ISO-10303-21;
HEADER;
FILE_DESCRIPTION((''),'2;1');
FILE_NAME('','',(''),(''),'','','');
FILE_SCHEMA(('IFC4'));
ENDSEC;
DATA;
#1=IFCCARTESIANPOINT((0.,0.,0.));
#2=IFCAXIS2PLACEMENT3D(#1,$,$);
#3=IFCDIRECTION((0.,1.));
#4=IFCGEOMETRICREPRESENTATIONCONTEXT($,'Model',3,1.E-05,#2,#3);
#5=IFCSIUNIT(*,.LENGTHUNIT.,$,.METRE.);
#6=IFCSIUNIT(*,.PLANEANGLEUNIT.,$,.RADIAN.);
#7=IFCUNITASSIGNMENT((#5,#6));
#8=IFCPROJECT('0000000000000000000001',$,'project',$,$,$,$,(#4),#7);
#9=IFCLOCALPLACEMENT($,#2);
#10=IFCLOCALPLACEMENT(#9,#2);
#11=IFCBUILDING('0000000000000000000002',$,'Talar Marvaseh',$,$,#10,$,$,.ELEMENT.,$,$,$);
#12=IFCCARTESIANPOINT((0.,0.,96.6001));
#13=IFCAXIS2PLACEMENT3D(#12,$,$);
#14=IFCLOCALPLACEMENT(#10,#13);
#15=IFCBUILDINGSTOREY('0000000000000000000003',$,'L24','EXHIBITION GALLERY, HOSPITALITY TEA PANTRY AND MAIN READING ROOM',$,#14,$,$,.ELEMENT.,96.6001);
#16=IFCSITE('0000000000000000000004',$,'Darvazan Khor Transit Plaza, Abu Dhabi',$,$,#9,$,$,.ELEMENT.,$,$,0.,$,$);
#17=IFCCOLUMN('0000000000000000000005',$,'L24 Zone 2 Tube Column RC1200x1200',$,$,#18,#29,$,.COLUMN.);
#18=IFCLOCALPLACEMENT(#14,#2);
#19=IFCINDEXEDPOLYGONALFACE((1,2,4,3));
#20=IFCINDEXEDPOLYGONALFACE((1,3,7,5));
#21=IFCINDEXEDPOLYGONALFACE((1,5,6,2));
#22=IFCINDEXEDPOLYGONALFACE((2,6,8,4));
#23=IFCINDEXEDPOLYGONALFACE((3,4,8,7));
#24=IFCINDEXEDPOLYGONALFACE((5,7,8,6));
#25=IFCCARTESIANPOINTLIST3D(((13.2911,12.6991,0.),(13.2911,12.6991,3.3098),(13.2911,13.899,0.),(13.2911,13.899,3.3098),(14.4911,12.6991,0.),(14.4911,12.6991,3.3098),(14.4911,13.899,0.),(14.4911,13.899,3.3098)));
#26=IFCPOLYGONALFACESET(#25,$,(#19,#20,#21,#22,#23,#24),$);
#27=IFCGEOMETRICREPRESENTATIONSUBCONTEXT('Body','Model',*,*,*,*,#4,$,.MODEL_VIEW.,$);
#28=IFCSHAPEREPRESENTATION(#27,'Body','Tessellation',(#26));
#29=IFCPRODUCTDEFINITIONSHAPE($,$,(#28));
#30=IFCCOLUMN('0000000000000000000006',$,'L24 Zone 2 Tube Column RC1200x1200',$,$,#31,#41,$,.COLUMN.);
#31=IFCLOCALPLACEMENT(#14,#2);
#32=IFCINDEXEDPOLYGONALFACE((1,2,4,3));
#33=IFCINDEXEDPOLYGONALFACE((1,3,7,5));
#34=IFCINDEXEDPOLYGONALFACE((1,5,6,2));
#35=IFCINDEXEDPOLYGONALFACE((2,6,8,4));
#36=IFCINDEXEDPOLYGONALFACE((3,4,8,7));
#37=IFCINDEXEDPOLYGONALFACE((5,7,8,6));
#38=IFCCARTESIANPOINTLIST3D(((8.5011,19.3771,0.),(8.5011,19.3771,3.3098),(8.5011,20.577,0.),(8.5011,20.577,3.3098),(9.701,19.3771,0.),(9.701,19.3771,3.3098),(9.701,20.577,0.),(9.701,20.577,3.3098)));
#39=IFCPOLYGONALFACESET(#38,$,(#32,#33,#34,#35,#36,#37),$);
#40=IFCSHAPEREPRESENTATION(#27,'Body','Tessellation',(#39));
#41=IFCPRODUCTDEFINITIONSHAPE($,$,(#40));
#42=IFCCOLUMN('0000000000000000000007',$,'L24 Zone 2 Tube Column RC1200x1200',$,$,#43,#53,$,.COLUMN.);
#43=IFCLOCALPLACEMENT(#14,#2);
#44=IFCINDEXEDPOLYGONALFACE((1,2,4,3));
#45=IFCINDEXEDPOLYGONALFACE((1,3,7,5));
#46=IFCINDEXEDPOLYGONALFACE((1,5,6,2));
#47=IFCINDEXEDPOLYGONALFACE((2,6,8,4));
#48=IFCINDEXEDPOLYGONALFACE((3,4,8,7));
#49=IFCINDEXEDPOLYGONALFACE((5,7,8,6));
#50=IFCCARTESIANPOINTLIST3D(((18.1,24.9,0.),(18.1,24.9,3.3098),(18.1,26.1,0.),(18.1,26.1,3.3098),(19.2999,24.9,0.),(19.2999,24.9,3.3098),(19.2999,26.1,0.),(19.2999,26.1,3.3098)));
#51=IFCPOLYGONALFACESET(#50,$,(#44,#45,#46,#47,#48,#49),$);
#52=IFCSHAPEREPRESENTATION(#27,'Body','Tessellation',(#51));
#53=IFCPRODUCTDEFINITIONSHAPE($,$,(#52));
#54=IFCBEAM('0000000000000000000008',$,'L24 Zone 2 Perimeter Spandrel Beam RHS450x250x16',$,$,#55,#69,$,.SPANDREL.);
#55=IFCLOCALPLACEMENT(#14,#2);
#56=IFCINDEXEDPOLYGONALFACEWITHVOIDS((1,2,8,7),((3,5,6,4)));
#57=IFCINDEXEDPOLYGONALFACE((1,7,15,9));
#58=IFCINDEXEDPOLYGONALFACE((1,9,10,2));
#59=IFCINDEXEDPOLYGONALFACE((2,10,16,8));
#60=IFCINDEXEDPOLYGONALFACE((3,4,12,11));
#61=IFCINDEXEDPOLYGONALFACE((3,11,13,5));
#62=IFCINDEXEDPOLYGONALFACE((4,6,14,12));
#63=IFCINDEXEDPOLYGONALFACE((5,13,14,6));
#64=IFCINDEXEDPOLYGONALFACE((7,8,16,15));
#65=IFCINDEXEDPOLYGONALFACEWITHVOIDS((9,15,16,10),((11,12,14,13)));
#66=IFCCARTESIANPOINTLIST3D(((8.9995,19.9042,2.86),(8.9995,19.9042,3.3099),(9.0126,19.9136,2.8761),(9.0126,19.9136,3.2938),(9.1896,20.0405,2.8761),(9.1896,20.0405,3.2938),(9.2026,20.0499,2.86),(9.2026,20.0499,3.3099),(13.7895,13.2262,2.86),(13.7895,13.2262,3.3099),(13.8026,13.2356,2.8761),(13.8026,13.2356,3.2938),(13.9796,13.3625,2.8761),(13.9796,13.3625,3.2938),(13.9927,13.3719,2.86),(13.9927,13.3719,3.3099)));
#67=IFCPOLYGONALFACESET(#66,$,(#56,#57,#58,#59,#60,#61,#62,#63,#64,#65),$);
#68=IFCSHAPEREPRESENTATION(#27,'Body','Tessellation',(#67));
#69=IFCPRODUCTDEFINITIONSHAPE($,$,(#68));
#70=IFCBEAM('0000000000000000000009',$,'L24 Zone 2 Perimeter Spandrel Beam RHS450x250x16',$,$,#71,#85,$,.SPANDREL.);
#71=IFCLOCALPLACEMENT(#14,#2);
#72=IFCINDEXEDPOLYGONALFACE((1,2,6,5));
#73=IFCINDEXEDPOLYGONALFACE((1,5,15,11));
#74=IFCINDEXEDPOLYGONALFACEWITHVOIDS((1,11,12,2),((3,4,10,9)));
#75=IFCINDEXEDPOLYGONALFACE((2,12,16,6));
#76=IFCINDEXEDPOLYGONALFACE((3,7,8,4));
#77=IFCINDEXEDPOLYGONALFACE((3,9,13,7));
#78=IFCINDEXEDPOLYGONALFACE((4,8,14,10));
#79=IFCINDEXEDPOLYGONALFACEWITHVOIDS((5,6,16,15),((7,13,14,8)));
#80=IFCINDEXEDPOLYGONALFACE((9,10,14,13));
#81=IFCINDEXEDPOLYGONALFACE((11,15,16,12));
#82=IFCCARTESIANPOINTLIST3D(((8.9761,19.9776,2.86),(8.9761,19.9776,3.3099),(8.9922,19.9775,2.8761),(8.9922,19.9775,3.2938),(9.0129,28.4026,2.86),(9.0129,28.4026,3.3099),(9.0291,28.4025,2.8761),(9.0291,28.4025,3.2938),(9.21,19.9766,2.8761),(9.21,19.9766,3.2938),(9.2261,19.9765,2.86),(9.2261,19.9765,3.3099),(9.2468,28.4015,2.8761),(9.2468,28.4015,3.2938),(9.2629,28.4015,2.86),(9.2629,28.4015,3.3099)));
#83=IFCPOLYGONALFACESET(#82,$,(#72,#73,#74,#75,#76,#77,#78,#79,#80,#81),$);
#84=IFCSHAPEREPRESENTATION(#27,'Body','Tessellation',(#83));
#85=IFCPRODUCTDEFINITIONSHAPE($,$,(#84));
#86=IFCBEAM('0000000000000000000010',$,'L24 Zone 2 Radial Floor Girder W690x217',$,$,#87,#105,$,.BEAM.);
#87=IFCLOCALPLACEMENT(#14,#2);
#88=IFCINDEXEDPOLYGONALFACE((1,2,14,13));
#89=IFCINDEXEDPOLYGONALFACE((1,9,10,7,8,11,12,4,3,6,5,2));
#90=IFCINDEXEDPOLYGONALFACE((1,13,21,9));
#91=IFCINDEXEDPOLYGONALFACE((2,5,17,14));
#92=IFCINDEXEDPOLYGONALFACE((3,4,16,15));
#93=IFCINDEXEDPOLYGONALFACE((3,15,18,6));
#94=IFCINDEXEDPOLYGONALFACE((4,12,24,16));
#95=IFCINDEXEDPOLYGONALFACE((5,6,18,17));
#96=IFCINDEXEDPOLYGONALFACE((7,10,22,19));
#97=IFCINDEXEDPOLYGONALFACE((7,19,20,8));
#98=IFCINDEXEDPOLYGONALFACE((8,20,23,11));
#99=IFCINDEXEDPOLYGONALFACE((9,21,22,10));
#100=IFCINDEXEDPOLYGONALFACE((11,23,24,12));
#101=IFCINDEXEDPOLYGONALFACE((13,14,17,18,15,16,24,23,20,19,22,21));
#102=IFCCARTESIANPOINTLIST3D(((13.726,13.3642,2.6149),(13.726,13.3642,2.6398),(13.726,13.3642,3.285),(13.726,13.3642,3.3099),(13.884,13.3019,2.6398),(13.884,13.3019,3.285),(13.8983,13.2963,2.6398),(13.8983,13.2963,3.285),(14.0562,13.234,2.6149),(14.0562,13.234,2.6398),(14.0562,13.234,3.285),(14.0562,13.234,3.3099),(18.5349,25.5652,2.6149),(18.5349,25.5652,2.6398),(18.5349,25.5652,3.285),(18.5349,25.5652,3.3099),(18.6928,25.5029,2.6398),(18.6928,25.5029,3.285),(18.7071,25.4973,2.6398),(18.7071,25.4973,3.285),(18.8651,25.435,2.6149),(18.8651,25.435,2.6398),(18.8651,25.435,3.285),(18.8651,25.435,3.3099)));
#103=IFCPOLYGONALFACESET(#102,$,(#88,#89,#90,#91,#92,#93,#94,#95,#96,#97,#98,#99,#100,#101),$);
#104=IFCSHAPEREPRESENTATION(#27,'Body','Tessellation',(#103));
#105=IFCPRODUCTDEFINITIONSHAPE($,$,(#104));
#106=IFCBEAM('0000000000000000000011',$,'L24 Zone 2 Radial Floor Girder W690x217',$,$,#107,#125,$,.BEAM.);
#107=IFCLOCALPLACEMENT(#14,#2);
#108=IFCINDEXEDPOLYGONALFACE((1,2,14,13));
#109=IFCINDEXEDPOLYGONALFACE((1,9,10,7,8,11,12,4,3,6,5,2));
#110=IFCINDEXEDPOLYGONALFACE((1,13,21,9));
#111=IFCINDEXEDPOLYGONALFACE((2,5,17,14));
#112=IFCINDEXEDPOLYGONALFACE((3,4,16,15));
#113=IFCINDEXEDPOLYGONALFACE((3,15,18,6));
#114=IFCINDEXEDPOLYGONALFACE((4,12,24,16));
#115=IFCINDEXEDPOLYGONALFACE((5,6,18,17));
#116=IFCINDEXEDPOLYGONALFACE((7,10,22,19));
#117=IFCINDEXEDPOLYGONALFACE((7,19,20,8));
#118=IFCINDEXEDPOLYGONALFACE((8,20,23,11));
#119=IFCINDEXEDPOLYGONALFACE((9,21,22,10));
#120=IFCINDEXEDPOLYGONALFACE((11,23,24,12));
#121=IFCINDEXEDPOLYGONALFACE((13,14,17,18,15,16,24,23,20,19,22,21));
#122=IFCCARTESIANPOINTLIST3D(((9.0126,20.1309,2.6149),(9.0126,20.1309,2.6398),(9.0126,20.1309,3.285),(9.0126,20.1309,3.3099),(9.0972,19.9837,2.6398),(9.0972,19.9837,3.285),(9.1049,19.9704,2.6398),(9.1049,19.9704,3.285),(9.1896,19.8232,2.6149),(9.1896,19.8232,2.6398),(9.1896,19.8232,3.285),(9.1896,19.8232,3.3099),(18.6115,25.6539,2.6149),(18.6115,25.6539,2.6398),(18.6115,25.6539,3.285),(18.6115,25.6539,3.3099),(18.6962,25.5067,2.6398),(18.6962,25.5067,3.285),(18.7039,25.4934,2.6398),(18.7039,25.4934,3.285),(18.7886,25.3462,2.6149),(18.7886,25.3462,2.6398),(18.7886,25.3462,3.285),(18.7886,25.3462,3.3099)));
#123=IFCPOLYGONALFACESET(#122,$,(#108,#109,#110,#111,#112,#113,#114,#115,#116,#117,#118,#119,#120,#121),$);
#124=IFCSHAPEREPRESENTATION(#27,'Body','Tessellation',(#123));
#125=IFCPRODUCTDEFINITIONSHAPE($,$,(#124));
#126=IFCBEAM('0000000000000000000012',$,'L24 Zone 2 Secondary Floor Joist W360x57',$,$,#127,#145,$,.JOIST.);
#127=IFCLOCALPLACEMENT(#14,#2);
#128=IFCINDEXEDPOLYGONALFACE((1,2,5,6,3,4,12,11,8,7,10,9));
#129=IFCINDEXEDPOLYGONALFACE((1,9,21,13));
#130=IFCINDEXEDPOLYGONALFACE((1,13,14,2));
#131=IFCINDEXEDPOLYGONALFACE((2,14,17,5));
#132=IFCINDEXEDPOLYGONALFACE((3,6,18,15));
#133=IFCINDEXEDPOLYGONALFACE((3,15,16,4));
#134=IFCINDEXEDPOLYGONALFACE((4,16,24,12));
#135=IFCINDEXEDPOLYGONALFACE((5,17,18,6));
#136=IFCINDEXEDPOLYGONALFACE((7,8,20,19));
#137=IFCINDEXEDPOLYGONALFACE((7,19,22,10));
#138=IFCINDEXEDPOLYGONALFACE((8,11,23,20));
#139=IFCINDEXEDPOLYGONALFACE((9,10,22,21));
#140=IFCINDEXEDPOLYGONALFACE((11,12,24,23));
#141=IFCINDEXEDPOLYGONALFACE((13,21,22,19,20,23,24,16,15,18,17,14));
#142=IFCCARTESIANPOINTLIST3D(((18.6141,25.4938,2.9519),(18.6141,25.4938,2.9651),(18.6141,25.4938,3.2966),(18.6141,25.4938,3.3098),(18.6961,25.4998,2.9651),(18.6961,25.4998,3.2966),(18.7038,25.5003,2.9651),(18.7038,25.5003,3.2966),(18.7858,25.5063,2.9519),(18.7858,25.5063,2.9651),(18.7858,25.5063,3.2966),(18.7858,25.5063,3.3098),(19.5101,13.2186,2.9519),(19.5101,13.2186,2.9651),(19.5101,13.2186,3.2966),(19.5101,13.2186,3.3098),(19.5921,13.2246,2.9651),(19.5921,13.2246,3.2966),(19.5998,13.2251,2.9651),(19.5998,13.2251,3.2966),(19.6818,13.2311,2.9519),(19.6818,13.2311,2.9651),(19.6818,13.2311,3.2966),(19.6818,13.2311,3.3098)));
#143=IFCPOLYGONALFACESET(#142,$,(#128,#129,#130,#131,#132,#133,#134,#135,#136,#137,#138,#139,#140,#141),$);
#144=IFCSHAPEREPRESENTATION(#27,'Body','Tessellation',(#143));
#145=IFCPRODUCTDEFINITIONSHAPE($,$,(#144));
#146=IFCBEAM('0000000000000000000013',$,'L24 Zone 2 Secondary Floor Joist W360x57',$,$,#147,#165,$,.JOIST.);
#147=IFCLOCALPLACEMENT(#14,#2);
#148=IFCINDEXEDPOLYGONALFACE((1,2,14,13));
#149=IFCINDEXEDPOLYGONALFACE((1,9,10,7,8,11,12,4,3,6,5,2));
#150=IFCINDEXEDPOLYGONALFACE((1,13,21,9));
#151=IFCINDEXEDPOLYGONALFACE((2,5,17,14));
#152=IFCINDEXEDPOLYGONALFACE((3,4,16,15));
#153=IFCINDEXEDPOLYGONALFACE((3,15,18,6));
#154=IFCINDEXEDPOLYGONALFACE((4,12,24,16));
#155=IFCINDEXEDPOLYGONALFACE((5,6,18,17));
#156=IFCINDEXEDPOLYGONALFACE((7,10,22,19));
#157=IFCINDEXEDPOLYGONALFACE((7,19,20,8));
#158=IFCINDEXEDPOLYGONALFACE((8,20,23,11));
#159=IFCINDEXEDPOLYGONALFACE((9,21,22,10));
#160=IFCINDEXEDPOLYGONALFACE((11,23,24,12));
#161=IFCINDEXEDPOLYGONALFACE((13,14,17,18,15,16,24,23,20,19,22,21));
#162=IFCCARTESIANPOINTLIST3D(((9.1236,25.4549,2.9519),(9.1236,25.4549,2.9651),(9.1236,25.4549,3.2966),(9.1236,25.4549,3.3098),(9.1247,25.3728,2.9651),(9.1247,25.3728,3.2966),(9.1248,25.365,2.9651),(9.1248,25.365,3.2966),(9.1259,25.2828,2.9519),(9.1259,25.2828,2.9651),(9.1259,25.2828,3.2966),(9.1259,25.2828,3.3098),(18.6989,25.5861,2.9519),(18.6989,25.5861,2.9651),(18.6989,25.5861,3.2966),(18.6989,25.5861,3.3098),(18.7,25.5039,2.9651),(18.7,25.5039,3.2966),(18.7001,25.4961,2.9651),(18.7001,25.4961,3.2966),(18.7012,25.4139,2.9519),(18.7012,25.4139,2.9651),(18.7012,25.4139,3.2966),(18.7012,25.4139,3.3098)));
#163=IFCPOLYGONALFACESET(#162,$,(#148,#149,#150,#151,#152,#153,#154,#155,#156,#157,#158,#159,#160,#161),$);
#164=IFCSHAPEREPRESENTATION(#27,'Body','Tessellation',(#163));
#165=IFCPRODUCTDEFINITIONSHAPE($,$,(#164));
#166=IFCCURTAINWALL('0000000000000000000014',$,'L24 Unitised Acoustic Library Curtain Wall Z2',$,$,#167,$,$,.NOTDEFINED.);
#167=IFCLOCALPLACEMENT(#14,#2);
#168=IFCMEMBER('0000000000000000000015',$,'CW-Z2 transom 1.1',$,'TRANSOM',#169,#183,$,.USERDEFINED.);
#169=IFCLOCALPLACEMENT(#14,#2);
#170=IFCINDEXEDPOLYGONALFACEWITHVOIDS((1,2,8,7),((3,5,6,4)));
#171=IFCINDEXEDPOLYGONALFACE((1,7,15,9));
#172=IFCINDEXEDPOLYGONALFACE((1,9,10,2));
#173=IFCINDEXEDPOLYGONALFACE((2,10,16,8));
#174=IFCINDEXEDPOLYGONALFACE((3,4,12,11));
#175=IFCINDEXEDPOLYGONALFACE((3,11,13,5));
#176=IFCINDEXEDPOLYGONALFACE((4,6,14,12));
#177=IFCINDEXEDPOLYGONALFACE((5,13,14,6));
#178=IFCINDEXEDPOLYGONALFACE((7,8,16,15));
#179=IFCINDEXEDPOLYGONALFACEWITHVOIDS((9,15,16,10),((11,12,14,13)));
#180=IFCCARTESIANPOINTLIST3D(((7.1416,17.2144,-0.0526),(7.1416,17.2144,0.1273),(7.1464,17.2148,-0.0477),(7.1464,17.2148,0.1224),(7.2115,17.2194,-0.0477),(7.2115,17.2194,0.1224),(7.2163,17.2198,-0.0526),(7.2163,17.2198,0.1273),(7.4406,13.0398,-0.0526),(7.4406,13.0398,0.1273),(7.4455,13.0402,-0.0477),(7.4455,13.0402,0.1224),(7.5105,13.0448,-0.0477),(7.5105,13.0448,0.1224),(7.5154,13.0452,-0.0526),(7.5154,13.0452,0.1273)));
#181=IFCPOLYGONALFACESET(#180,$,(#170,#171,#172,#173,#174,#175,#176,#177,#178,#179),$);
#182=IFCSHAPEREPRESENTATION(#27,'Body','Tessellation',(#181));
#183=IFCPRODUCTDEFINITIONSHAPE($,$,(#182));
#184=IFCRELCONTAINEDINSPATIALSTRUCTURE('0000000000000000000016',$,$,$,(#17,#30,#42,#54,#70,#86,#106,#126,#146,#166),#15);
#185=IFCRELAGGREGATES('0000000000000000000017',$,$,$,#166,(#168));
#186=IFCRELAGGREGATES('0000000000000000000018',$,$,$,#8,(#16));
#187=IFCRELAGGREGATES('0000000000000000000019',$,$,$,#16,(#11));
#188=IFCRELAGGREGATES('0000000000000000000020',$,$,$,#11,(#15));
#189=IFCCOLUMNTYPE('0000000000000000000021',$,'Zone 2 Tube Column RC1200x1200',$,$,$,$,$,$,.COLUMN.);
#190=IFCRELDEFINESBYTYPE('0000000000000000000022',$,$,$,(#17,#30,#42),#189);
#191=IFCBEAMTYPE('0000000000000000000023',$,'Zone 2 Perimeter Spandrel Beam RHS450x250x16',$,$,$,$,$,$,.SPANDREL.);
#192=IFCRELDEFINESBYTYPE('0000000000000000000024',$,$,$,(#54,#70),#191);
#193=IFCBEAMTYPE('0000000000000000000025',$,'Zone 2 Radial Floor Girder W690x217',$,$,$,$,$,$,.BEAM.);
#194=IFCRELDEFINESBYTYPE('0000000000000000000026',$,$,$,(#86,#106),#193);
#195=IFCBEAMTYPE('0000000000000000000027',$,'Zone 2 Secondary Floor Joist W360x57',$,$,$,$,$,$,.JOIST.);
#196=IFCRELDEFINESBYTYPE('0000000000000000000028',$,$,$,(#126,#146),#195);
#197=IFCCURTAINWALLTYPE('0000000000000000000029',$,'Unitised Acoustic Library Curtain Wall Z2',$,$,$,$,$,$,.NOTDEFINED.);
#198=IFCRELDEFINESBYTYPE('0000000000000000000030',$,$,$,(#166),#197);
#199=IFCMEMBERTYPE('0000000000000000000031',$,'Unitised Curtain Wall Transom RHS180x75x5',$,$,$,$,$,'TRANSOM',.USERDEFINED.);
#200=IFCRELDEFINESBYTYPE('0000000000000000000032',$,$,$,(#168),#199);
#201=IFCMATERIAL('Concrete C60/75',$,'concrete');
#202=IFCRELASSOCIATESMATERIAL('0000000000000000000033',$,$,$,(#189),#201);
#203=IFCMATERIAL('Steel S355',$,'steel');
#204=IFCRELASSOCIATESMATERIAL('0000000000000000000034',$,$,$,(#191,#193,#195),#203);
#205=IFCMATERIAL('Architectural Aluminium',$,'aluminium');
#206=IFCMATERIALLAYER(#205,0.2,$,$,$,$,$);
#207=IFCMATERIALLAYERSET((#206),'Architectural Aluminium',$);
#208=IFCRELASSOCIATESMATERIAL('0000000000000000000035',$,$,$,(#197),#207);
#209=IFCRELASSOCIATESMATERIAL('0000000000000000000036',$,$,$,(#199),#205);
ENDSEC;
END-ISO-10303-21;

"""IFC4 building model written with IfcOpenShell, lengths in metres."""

from ifc_helpers import new_model, si_unit, direction, frame, origin, origin_2d, place, context, subcontext, project, spatial, rectangle, hollow_rectangle, i_section, extrude, source, transform, mapped, material, layer, layer_set, material_profile, profile_set, type_object, type_shapes, element, aggregate, save


model = new_model("IFC4")

# Units and contexts
model_context = context("Model", 3, precision=1e-05, world=origin(), true_north=direction((0.0, 1.0)))
body_context = subcontext(model_context, "Body", "Model", "MODEL_VIEW")
ifc_project = project(units=[si_unit("LENGTHUNIT", "METRE"), si_unit("PLANEANGLEUNIT", "RADIAN")], contexts=[model_context])

# Site, building, storey
site_placement = place(None, origin())
site = spatial("IfcSite", under=ifc_project, at=site_placement, Name="Darvazan Khor Transit Plaza, Abu Dhabi", CompositionType="ELEMENT", RefElevation=0.0)
building_placement = place(site_placement, origin())
building = spatial("IfcBuilding", under=site, at=building_placement, Name="Talar Marvaseh", CompositionType="ELEMENT")
storey_placement = place(building_placement, frame((0.0, 0.0, 96.6001)))
storey = spatial("IfcBuildingStorey", under=building, at=storey_placement, Name="L24", Description="EXHIBITION GALLERY, HOSPITALITY TEA PANTRY AND MAIN READING ROOM", CompositionType="ELEMENT", Elevation=96.6001)

# Columns
ifc_material_1 = material(Name="Concrete C60/75", Category="concrete")
ifc_material_profile_1 = material_profile(ifc_material_1, rectangle(XDim=1.2, YDim=1.2, at=origin_2d()), Name="RC1200x1200")
ifc_profile_set_1 = profile_set([ifc_material_profile_1], Name="Concrete C60/75")
column_type = type_object("IfcColumnType", Name="Zone 2 Tube Column RC1200x1200", PredefinedType="COLUMN", material=ifc_profile_set_1)
for number, where, z_axis, x_axis, name in (
    (1, (13.8911, 13.2991, 0.0), (0.0, 0.0, 1.0), (1.0, 0.0, 0.0), "L24 Zone 2 Tube Column RC1200x1200"),
    (2, (9.1011, 19.9771, 0.0), (0.0, 0.0, 1.0), (1.0, 0.0, 0.0), "L24 Zone 2 Tube Column RC1200x1200"),
    (3, (18.7, 25.5, 0.0), (0.0, 0.0, 1.0), (1.0, 0.0, 0.0), "L24 Zone 2 Tube Column RC1200x1200"),
):
    element("IfcColumn", number, at=place(storey_placement, frame(where, z_axis=z_axis, x_axis=x_axis)), inside=storey, type_object=column_type, Name=name, PredefinedType="COLUMN", context=body_context, shape_type="SweptSolid", body=[
        extrude(rectangle(XDim=1.2, YDim=1.2, at=origin_2d()), origin(), (0.0, 0.0, 1.0), 3.3098),
    ])

# Beams
ifc_material_2 = material(Name="Steel S355", Category="steel")
ifc_material_profile_2 = material_profile(ifc_material_2, hollow_rectangle(XDim=0.25, YDim=0.45, WallThickness=0.0161, at=origin_2d()), Name="RHS450x250x16")
ifc_profile_set_2 = profile_set([ifc_material_profile_2], Name="Steel S355")
beam_type_1 = type_object("IfcBeamType", Name="Zone 2 Perimeter Spandrel Beam RHS450x250x16", PredefinedType="SPANDREL", material=ifc_profile_set_2)
beam_1_placement = place(storey_placement, frame((13.8911, 13.2991, 3.085), z_axis=(-0.582853, 0.812578, 0.0), x_axis=(-0.812578, -0.582853, 0.0)))
element("IfcBeam", 4, at=beam_1_placement, inside=storey, type_object=beam_type_1, Name="L24 Zone 2 Perimeter Spandrel Beam RHS450x250x16", PredefinedType="SPANDREL", context=body_context, shape_type="SweptSolid", body=[
    extrude(hollow_rectangle(XDim=0.25, YDim=0.45, WallThickness=0.0161, at=origin_2d()), origin(), (0.0, 0.0, 1.0), 8.2183),
])
beam_2_placement = place(storey_placement, frame((9.1011, 19.9771, 3.085), z_axis=(0.004376, 0.99999, 0.0), x_axis=(-0.99999, 0.004376, 0.0)))
element("IfcBeam", 5, at=beam_2_placement, inside=storey, type_object=beam_type_1, Name="L24 Zone 2 Perimeter Spandrel Beam RHS450x250x16", PredefinedType="SPANDREL", context=body_context, shape_type="SweptSolid", body=[
    extrude(hollow_rectangle(XDim=0.25, YDim=0.45, WallThickness=0.0161, at=origin_2d()), origin(), (0.0, 0.0, 1.0), 8.425),
])
ifc_material_profile_3 = material_profile(ifc_material_2, i_section(OverallWidth=0.355, OverallDepth=0.6951, WebThickness=0.0154, FlangeThickness=0.0249, at=origin_2d()), Name="W690x217")
ifc_profile_set_3 = profile_set([ifc_material_profile_3], Name="Steel S355")
beam_type_2 = type_object("IfcBeamType", Name="Zone 2 Radial Floor Girder W690x217", PredefinedType="BEAM", material=ifc_profile_set_3)
beam_3_placement = place(storey_placement, frame((13.8911, 13.2991, 2.9624), z_axis=(0.366684, 0.930346, 0.0), x_axis=(-0.930346, 0.366684, 0.0)))
element("IfcBeam", 6, at=beam_3_placement, inside=storey, type_object=beam_type_2, Name="L24 Zone 2 Radial Floor Girder W690x217", PredefinedType="BEAM", context=body_context, shape_type="SweptSolid", body=[
    extrude(i_section(OverallWidth=0.355, OverallDepth=0.6951, WebThickness=0.0154, FlangeThickness=0.0249, at=origin_2d()), origin(), (0.0, 0.0, 1.0), 13.1145),
])
beam_4_placement = place(storey_placement, frame((9.1011, 19.9771, 2.9624), z_axis=(0.866766, 0.498715, 0.0), x_axis=(-0.498715, 0.866766, 0.0)))
element("IfcBeam", 7, at=beam_4_placement, inside=storey, type_object=beam_type_2, Name="L24 Zone 2 Radial Floor Girder W690x217", PredefinedType="BEAM", context=body_context, shape_type="SweptSolid", body=[
    extrude(i_section(OverallWidth=0.355, OverallDepth=0.6951, WebThickness=0.0154, FlangeThickness=0.0249, at=origin_2d()), origin(), (0.0, 0.0, 1.0), 11.0745),
])
ifc_material_profile_4 = material_profile(ifc_material_2, i_section(OverallWidth=0.1721, OverallDepth=0.3579, WebThickness=0.0078, FlangeThickness=0.0132, at=origin_2d()), Name="W360x57")
ifc_profile_set_4 = profile_set([ifc_material_profile_4], Name="Steel S355")
beam_type_3 = type_object("IfcBeamType", Name="Zone 2 Secondary Floor Joist W360x57", PredefinedType="JOIST", material=ifc_profile_set_4)
beam_5_placement = place(storey_placement, frame((19.5959, 13.2249, 3.1309), z_axis=(-0.072799, 0.997347, 0.0), x_axis=(-0.997347, -0.072799, 0.0)))
element("IfcBeam", 8, at=beam_5_placement, inside=storey, type_object=beam_type_3, Name="L24 Zone 2 Secondary Floor Joist W360x57", PredefinedType="JOIST", context=body_context, shape_type="SweptSolid", body=[
    extrude(i_section(OverallWidth=0.1721, OverallDepth=0.3579, WebThickness=0.0078, FlangeThickness=0.0132, at=origin_2d()), origin(), (0.0, 0.0, 1.0), 12.3079),
])
beam_6_placement = place(storey_placement, frame((9.1248, 25.3689, 3.1309), z_axis=(0.999906, 0.013691, 0.0), x_axis=(-0.013691, 0.999906, 0.0)))
element("IfcBeam", 9, at=beam_6_placement, inside=storey, type_object=beam_type_3, Name="L24 Zone 2 Secondary Floor Joist W360x57", PredefinedType="JOIST", context=body_context, shape_type="SweptSolid", body=[
    extrude(i_section(OverallWidth=0.1721, OverallDepth=0.3579, WebThickness=0.0078, FlangeThickness=0.0132, at=origin_2d()), origin(), (0.0, 0.0, 1.0), 9.5762),
])

# Curtain wall, member
ifc_material_3 = material(Name="Architectural Aluminium", Category="aluminium")
ifc_layer_1 = layer(ifc_material_3, 0.2)
ifc_layer_set_1 = layer_set([ifc_layer_1], Name="Architectural Aluminium")
curtain_wall_type = type_object("IfcCurtainWallType", Name="Unitised Acoustic Library Curtain Wall Z2", PredefinedType="NOTDEFINED", material=ifc_layer_set_1)
curtain_wall_placement = place(storey_placement, origin())
curtain_wall = element("IfcCurtainWall", 10, at=curtain_wall_placement, inside=storey, type_object=curtain_wall_type, Name="L24 Unitised Acoustic Library Curtain Wall Z2", PredefinedType="NOTDEFINED")
ifc_material_profile_5 = material_profile(ifc_material_3, hollow_rectangle(XDim=0.075, YDim=0.1799, WallThickness=0.0049, at=origin_2d()), Name="RHS180x75x5")
ifc_profile_set_5 = profile_set([ifc_material_profile_5], Name="Architectural Aluminium")
member_type_1 = type_object("IfcMemberType", Name="Unitised Curtain Wall Transom RHS180x75x5", ElementType="TRANSOM", PredefinedType="USERDEFINED", material=ifc_profile_set_5)
shared_shape_1 = source(origin(), body_context, "Body", "SweptSolid", [
    extrude(hollow_rectangle(XDim=0.075, YDim=0.1799, WallThickness=0.0049, at=origin_2d()), origin(), (0.0, 0.0, 1.0), 4.1853),
])
type_shapes(member_type_1, [shared_shape_1])
member_1_placement = place(storey_placement, frame((7.478, 13.0425, 0.0374), z_axis=(-0.071458, 0.997444, 0.0), x_axis=(-0.997444, -0.071458, 0.0)))
member_1 = element("IfcMember", 11, at=member_1_placement, type_object=member_type_1, Name="CW-Z2 transom 1.1", ObjectType="TRANSOM", PredefinedType="USERDEFINED", context=body_context, shape_type="MappedRepresentation", body=[
    mapped(shared_shape_1, transform((0.0, 0.0, 0.0), x_axis=(1.0, 0.0, 0.0), y_axis=(0.0, 1.0, 0.0), z_axis=(0.0, 0.0, 1.0), scale=1.0)),
])
aggregate(curtain_wall, [member_1])

save(model, "model.ifc")
